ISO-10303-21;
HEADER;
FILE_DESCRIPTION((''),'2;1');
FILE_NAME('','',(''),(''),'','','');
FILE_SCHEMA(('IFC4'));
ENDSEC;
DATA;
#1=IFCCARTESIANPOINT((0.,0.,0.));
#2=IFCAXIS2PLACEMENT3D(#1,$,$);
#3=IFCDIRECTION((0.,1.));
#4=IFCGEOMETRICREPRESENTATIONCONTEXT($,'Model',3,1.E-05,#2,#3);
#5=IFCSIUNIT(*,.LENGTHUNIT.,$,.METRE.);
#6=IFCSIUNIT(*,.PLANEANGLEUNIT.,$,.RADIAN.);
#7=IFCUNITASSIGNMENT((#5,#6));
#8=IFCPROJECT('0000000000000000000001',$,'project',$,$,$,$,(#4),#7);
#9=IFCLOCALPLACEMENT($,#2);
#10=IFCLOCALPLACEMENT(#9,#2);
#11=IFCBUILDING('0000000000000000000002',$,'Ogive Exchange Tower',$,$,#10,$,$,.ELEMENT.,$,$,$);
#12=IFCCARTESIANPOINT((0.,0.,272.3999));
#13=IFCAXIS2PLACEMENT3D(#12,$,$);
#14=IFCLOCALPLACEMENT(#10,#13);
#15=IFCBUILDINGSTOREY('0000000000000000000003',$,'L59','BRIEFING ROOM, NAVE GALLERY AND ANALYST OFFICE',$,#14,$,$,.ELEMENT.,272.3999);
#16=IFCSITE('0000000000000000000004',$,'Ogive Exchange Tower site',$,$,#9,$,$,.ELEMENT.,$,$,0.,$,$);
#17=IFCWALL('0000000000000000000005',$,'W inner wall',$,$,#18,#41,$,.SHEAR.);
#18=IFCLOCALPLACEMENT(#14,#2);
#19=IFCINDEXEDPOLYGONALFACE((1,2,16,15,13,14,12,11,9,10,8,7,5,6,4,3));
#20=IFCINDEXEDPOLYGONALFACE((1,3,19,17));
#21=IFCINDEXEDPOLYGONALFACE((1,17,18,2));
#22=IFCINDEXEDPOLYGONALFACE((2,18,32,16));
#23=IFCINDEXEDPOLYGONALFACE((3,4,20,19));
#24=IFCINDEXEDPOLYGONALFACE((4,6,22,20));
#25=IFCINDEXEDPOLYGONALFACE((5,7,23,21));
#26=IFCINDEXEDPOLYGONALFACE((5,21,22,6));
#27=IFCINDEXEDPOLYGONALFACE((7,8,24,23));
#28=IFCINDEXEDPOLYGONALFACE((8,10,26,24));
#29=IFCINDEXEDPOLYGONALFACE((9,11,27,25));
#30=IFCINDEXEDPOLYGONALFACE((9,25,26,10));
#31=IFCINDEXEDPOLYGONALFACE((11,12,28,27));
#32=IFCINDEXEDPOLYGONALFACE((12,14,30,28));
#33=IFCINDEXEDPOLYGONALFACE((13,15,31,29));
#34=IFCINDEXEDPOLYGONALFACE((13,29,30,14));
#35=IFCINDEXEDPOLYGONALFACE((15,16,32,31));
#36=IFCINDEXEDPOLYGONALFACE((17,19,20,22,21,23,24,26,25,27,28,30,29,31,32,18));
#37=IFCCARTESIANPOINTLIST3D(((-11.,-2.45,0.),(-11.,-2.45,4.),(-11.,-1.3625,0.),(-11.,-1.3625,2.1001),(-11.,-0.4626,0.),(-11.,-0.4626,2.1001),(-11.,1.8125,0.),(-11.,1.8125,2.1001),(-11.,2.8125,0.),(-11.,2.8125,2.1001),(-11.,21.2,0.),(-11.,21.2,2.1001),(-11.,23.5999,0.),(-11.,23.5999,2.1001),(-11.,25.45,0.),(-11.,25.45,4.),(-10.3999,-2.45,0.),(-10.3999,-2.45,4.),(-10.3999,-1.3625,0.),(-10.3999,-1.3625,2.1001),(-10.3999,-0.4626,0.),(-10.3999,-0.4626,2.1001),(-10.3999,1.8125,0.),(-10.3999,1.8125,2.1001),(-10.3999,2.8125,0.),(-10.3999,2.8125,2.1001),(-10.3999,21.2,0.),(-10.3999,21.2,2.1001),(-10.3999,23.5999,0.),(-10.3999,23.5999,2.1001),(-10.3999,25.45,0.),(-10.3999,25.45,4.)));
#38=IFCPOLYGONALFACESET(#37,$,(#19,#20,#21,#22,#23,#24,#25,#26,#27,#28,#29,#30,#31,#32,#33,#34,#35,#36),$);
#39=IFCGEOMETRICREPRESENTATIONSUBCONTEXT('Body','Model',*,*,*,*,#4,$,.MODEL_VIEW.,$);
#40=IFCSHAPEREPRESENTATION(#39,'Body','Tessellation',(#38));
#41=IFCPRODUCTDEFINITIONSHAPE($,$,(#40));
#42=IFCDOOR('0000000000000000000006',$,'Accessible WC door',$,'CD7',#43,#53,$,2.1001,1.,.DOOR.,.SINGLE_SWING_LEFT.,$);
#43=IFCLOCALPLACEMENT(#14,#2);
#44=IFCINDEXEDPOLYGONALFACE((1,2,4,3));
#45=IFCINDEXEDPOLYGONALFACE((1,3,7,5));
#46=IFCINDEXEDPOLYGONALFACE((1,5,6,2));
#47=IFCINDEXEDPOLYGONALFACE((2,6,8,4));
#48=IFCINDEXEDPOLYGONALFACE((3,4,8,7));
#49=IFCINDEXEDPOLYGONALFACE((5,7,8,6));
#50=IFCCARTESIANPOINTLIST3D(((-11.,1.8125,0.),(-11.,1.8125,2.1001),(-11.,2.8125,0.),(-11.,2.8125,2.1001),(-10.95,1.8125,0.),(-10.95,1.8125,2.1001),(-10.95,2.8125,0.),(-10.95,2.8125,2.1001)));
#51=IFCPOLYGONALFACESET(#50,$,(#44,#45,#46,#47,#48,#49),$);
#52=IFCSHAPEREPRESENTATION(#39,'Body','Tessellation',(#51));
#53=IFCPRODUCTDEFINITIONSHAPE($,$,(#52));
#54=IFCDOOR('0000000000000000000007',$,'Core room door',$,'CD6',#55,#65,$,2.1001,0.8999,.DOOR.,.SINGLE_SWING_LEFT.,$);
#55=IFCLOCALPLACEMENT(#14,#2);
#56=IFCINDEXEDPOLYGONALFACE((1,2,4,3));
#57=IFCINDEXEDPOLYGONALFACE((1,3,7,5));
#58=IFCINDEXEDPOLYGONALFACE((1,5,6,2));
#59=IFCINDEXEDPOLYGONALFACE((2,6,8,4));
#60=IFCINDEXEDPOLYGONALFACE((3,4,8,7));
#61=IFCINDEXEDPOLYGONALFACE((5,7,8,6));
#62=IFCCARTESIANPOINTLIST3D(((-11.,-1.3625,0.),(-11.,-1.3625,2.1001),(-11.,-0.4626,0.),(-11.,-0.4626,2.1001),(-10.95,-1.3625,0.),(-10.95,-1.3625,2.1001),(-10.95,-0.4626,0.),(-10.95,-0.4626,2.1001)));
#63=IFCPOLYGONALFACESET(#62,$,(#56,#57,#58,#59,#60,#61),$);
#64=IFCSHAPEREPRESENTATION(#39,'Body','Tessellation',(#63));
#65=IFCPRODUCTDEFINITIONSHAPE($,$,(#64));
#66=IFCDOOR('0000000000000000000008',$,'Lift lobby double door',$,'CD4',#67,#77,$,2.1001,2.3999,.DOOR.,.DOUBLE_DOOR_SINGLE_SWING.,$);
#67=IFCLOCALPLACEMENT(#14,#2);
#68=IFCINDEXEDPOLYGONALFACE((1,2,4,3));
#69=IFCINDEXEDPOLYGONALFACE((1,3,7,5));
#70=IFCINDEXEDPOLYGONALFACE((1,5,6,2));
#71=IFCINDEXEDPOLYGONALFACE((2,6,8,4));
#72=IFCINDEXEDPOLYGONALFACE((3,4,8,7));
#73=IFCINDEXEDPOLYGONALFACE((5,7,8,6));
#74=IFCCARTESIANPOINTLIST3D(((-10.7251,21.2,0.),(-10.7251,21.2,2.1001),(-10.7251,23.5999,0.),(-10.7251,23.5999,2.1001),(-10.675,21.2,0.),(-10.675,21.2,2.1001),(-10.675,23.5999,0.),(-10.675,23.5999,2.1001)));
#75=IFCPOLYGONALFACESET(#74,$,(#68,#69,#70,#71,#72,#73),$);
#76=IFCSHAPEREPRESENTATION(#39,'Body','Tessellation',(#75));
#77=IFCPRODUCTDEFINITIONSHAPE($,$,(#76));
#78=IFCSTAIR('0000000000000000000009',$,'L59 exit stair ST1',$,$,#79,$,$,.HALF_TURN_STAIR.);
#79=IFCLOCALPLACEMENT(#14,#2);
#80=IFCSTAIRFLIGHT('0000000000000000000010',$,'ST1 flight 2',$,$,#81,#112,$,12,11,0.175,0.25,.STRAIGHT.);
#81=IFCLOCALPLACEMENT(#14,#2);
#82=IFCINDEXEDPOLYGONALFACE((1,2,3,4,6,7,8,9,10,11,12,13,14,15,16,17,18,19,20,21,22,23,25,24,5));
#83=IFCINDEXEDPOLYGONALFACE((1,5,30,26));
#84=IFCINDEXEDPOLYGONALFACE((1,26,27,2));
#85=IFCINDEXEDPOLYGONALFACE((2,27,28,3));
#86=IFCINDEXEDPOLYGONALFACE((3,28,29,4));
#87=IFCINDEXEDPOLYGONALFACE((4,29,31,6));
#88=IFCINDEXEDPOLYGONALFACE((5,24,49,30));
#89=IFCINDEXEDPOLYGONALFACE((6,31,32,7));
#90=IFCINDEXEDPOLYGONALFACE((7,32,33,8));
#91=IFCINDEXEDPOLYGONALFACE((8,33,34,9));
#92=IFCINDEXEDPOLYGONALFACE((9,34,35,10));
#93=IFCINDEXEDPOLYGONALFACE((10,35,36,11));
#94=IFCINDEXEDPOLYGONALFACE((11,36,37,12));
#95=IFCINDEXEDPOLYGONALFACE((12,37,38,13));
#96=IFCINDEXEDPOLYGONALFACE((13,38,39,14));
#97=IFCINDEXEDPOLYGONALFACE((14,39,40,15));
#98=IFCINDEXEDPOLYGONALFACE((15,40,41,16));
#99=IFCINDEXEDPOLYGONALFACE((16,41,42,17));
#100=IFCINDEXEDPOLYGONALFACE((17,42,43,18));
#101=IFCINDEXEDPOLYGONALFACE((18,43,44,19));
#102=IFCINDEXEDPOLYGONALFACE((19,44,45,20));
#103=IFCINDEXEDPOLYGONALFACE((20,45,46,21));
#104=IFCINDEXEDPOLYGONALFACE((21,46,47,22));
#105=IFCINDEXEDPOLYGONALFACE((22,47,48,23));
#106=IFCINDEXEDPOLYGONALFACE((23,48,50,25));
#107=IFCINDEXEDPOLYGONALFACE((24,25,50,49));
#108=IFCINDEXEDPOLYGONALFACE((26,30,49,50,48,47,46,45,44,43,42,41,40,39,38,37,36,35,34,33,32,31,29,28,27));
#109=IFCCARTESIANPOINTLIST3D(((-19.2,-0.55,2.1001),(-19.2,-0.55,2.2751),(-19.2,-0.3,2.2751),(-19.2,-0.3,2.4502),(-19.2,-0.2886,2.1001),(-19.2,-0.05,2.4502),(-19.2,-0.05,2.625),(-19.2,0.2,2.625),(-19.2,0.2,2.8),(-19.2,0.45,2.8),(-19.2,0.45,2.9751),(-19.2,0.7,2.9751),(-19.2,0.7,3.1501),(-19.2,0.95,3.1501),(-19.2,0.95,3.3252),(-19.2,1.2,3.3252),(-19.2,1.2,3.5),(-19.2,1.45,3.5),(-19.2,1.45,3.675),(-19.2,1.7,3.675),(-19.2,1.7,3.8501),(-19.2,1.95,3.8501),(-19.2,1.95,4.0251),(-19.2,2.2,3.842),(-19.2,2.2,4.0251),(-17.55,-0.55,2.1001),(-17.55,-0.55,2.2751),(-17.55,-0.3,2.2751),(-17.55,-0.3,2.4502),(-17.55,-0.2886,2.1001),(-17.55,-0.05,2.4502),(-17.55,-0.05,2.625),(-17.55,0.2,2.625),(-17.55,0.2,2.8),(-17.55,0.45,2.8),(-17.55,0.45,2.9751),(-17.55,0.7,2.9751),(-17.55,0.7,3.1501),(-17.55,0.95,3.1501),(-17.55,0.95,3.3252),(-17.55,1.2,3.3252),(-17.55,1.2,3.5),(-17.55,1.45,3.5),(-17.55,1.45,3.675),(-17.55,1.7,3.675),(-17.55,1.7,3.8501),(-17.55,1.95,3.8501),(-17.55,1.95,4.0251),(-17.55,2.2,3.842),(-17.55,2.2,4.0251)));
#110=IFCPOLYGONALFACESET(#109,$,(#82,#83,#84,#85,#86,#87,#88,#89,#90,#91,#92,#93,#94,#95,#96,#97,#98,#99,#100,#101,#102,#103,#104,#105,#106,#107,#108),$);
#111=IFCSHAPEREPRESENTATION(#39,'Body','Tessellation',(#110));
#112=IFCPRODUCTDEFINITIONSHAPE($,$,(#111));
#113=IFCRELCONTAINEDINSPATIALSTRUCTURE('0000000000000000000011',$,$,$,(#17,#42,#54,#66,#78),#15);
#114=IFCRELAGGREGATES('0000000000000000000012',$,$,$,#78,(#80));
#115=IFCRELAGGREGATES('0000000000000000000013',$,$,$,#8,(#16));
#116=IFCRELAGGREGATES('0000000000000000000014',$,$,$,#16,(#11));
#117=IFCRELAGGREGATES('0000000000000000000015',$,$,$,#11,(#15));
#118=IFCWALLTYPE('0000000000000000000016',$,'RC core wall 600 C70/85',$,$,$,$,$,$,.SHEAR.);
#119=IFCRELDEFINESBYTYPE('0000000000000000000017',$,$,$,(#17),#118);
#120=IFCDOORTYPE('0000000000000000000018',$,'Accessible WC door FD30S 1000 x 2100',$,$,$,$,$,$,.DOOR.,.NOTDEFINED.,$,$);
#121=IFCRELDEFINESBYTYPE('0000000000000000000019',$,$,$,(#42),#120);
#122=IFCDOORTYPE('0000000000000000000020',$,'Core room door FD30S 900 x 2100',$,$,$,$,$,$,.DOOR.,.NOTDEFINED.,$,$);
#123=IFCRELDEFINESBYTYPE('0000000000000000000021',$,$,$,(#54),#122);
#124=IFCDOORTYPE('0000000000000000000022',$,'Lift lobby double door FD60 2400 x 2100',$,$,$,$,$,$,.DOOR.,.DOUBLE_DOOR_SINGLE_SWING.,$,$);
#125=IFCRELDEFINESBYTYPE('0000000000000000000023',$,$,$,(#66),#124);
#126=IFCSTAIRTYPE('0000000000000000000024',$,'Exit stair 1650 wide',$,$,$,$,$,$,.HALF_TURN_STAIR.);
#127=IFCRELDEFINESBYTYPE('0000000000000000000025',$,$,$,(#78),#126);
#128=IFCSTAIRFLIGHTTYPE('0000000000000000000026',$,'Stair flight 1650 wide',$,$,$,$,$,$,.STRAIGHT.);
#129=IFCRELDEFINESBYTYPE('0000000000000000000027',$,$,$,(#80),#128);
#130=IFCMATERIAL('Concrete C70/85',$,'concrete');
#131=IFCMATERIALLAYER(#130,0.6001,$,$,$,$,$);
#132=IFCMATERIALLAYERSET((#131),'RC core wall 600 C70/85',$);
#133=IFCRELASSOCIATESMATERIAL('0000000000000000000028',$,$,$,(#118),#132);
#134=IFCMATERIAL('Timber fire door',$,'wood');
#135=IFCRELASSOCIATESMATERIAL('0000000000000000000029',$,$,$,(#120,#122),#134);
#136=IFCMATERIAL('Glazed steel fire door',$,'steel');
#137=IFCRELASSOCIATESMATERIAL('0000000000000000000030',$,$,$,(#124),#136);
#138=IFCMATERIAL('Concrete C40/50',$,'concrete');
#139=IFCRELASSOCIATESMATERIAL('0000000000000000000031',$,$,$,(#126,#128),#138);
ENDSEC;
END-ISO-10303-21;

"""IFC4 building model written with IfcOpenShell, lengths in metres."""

from ifc_helpers import new_model, si_unit, direction, frame, frame_2d, origin, place, context, subcontext, project, spatial, polyline, rectangle, outline, extrude, material, layer, layer_set, type_object, element, fill, aggregate, save


model = new_model("IFC4")

# Units and contexts
model_context = context("Model", 3, precision=1e-05, world=origin(), true_north=direction((0.0, 1.0)))
body_context = subcontext(model_context, "Body", "Model", "MODEL_VIEW")
ifc_project = project(units=[si_unit("LENGTHUNIT", "METRE"), si_unit("PLANEANGLEUNIT", "RADIAN")], contexts=[model_context])

# Site, building, storey
site_placement = place(None, origin())
site = spatial("IfcSite", under=ifc_project, at=site_placement, Name="Ogive Exchange Tower site", CompositionType="ELEMENT", RefElevation=0.0)
building_placement = place(site_placement, origin())
building = spatial("IfcBuilding", under=site, at=building_placement, Name="Ogive Exchange Tower", CompositionType="ELEMENT")
storey_placement = place(building_placement, frame((0.0, 0.0, 272.3999)))
storey = spatial("IfcBuildingStorey", under=building, at=storey_placement, Name="L59", Description="BRIEFING ROOM, NAVE GALLERY AND ANALYST OFFICE", CompositionType="ELEMENT", Elevation=272.3999)

# Shared definitions
ifc_material_1 = material(Name="Concrete C70/85", Category="concrete")

# Wall, openings, doors
ifc_layer_1 = layer(ifc_material_1, 0.6001)
ifc_layer_set_1 = layer_set([ifc_layer_1], Name="RC core wall 600 C70/85")
wall_type_1 = type_object("IfcWallType", Name="RC core wall 600 C70/85", PredefinedType="SHEAR", material=ifc_layer_set_1)
wall_1_placement = place(storey_placement, frame((-10.7, -2.45, 0.0), z_axis=(0.0, 0.0, 1.0), x_axis=(0.0, 1.0, 0.0)))
wall_1 = element("IfcWall", 1, at=wall_1_placement, inside=storey, type_object=wall_type_1, Name="W inner wall", PredefinedType="SHEAR", context=body_context, shape_type="SweptSolid", body=[
    extrude(rectangle(XDim=27.8999, YDim=0.6001, at=frame_2d((13.95, 0.0))), origin(), (0.0, 0.0, 1.0), 4.0),
])
opening_1_placement = place(wall_1_placement, frame((23.6499, 0.0, 0.0)))
opening_1 = element("IfcOpeningElement", 2, at=opening_1_placement, cuts=wall_1, PredefinedType="OPENING", context=body_context, shape_type="SweptSolid", body=[
    extrude(rectangle(XDim=2.3999, YDim=2.1001, at=frame_2d((1.2, 1.05))), frame((0.0, 0.3101, 0.0), z_axis=(0.0, -1.0, 0.0), x_axis=(1.0, 0.0, 0.0)), (0.0, 0.0, 1.0), 0.6201),
])
opening_2_placement = place(wall_1_placement, frame((1.0874, 0.0, 0.0)))
opening_2 = element("IfcOpeningElement", 3, at=opening_2_placement, cuts=wall_1, PredefinedType="OPENING", context=body_context, shape_type="SweptSolid", body=[
    extrude(rectangle(XDim=0.8999, YDim=2.1001, at=frame_2d((0.45, 1.05))), frame((0.0, 0.3101, 0.0), z_axis=(0.0, -1.0, 0.0), x_axis=(1.0, 0.0, 0.0)), (0.0, 0.0, 1.0), 0.6201),
])
opening_3_placement = place(wall_1_placement, frame((4.2625, 0.0, 0.0)))
opening_3 = element("IfcOpeningElement", 4, at=opening_3_placement, cuts=wall_1, PredefinedType="OPENING", context=body_context, shape_type="SweptSolid", body=[
    extrude(rectangle(XDim=1.0, YDim=2.1001, at=frame_2d((0.5, 1.05))), frame((0.0, 0.3101, 0.0), z_axis=(0.0, -1.0, 0.0), x_axis=(1.0, 0.0, 0.0)), (0.0, 0.0, 1.0), 0.6201),
])
ifc_material_2 = material(Name="Timber fire door", Category="wood")
door_type_1 = type_object("IfcDoorType", Name="Accessible WC door FD30S 1000 x 2100", OperationType="NOTDEFINED", PredefinedType="DOOR", material=ifc_material_2)
door_1_placement = place(opening_3_placement, frame((1.0, 0.5498, 0.0), z_axis=(0.0, 0.0, 1.0), x_axis=(-1.0, 0.0, 0.0)))
door_1 = element("IfcDoor", 5, at=door_1_placement, inside=storey, type_object=door_type_1, Name="Accessible WC door", ObjectType="CD7", OperationType="SINGLE_SWING_LEFT", OverallHeight=2.1001, OverallWidth=1.0, PredefinedType="DOOR", context=body_context, shape_type="SweptSolid", body=[
    extrude(rectangle(XDim=1.0, YDim=2.1001, at=frame_2d((0.5, 1.05))), frame((0.0, 0.2998, 0.0), z_axis=(0.0, -1.0, 0.0), x_axis=(1.0, 0.0, 0.0)), (0.0, 0.0, 1.0), 0.05),
])
fill(opening_3, door_1)
door_type_2 = type_object("IfcDoorType", Name="Core room door FD30S 900 x 2100", OperationType="NOTDEFINED", PredefinedType="DOOR", material=ifc_material_2)
door_2_placement = place(opening_2_placement, frame((0.8999, 0.5498, 0.0), z_axis=(0.0, 0.0, 1.0), x_axis=(-1.0, 0.0, 0.0)))
door_2 = element("IfcDoor", 6, at=door_2_placement, inside=storey, type_object=door_type_2, Name="Core room door", ObjectType="CD6", OperationType="SINGLE_SWING_LEFT", OverallHeight=2.1001, OverallWidth=0.8999, PredefinedType="DOOR", context=body_context, shape_type="SweptSolid", body=[
    extrude(rectangle(XDim=0.8999, YDim=2.1001, at=frame_2d((0.45, 1.05))), frame((0.0, 0.2998, 0.0), z_axis=(0.0, -1.0, 0.0), x_axis=(1.0, 0.0, 0.0)), (0.0, 0.0, 1.0), 0.05),
])
fill(opening_2, door_2)
ifc_material_3 = material(Name="Glazed steel fire door", Category="steel")
door_type_3 = type_object("IfcDoorType", Name="Lift lobby double door FD60 2400 x 2100", OperationType="DOUBLE_DOOR_SINGLE_SWING", PredefinedType="DOOR", material=ifc_material_3)
door_3_placement = place(opening_1_placement, frame((2.3999, 0.0, 0.0), z_axis=(0.0, 0.0, 1.0), x_axis=(-1.0, 0.0, 0.0)))
door_3 = element("IfcDoor", 7, at=door_3_placement, inside=storey, type_object=door_type_3, Name="Lift lobby double door", ObjectType="CD4", OperationType="DOUBLE_DOOR_SINGLE_SWING", OverallHeight=2.1001, OverallWidth=2.3999, PredefinedType="DOOR", context=body_context, shape_type="SweptSolid", body=[
    extrude(rectangle(XDim=2.3999, YDim=2.1001, at=frame_2d((1.2, 1.05))), frame((0.0, 0.0249, 0.0), z_axis=(0.0, -1.0, 0.0), x_axis=(1.0, 0.0, 0.0)), (0.0, 0.0, 1.0), 0.05),
])
fill(opening_1, door_3)

# Stair, stair flight
ifc_material_4 = material(Name="Concrete C40/50", Category="concrete")
stair_type = type_object("IfcStairType", Name="Exit stair 1650 wide", PredefinedType="HALF_TURN_STAIR", material=ifc_material_4)
stair_placement = place(storey_placement, origin())
stair = element("IfcStair", 8, at=stair_placement, inside=storey, type_object=stair_type, Name="L59 exit stair ST1", PredefinedType="HALF_TURN_STAIR")
stair_flight_type = type_object("IfcStairFlightType", Name="Stair flight 1650 wide", PredefinedType="STRAIGHT", material=ifc_material_4)
stair_flight_placement = place(storey_placement, frame((-18.375, -0.55, 2.1001), z_axis=(0.0, 0.0, 1.0), x_axis=(0.0, 1.0, 0.0)))
stair_flight = element("IfcStairFlight", 9, at=stair_flight_placement, type_object=stair_flight_type, Name="ST1 flight 2", NumberOfRisers=12, NumberOfTreads=11, PredefinedType="STRAIGHT", RiserHeight=0.175, TreadLength=0.25, context=body_context, shape_type="SweptSolid", body=[
    extrude(outline(polyline([(0.0, 0.0), (0.0, 0.175), (0.25, 0.175), (0.25, 0.3501), (0.5, 0.3501), (0.5, 0.5249), (0.75, 0.5249), (0.75, 0.7), (1.0, 0.7), (1.0, 0.875), (1.25, 0.875), (1.25, 1.05), (1.5, 1.05), (1.5, 1.2251), (1.75, 1.2251), (1.75, 1.3999), (2.0, 1.3999), (2.0, 1.575), (2.25, 1.575), (2.25, 1.75), (2.5, 1.75), (2.5, 1.925), (2.75, 1.925), (2.75, 2.1001), (2.75, 1.7419), (0.2615, 0.0), (0.0, 0.0)])), frame((0.0, 0.825, 0.0), z_axis=(0.0, -1.0, 0.0), x_axis=(1.0, 0.0, 0.0)), (0.0, 0.0, 1.0), 1.6499),
])
aggregate(stair, [stair_flight])

save(model, "model.ifc")
